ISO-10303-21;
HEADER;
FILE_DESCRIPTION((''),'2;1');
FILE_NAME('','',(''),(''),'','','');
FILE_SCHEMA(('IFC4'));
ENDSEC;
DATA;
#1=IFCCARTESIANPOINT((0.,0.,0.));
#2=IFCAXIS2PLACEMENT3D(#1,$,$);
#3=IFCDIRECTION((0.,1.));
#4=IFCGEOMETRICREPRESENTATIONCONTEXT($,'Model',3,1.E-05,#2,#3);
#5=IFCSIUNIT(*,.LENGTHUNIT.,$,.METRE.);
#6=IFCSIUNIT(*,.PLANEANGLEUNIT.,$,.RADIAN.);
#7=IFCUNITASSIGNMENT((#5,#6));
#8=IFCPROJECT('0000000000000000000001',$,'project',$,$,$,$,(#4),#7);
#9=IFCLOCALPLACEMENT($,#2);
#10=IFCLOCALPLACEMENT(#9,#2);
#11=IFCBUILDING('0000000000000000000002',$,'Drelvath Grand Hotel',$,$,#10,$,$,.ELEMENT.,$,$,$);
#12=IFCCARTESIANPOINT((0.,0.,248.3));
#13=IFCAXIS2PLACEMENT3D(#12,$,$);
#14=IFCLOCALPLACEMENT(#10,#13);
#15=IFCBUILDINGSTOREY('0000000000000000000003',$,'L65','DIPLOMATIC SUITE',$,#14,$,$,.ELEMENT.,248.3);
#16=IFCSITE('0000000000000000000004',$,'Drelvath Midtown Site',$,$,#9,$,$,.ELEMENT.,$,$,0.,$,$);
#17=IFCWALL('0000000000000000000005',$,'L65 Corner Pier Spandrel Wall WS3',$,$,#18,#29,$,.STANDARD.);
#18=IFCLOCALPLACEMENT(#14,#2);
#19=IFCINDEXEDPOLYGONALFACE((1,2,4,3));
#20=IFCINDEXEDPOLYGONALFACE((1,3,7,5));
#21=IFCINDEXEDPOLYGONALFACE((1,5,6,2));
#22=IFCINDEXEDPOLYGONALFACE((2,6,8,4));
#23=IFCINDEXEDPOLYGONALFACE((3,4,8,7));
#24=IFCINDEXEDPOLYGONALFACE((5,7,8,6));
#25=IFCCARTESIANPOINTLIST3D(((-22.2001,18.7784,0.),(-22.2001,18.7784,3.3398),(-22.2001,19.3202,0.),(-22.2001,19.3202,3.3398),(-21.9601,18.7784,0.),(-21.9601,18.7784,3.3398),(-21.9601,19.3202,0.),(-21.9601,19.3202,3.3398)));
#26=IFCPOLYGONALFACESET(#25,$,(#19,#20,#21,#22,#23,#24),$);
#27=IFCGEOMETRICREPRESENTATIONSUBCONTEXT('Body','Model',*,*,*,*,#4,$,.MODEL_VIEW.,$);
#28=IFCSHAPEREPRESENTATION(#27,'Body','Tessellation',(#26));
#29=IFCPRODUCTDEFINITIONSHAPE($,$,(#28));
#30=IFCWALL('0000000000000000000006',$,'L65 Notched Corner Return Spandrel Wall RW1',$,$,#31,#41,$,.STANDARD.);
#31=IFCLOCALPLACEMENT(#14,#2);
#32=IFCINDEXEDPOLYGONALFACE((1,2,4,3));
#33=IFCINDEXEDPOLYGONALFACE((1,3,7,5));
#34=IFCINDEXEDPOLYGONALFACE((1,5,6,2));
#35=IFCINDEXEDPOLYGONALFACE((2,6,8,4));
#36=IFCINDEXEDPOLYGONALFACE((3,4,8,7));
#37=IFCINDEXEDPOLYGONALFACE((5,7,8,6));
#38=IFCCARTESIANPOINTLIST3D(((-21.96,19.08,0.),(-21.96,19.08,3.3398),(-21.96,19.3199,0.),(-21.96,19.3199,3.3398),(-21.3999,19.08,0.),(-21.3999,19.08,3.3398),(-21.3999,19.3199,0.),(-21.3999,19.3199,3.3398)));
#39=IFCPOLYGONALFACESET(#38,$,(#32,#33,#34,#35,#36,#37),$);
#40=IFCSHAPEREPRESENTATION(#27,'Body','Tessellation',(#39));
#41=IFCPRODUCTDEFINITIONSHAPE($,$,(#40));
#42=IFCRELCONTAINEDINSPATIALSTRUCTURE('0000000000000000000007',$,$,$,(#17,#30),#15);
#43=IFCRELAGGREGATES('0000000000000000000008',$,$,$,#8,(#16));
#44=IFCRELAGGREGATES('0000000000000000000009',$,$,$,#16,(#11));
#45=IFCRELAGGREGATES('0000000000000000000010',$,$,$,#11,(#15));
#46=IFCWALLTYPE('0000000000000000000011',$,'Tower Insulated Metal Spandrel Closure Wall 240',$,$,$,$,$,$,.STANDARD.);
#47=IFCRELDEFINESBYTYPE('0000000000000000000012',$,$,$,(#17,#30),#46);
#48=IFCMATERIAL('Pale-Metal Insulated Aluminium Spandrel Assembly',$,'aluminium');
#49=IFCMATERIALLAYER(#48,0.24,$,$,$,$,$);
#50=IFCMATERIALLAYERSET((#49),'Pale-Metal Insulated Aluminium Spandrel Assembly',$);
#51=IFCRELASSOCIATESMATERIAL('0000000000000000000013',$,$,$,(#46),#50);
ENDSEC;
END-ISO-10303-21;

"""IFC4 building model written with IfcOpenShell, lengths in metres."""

from ifc_helpers import new_model, si_unit, direction, frame, frame_2d, origin, place, context, subcontext, project, spatial, rectangle, extrude, material, layer, layer_set, type_object, element, save


model = new_model("IFC4")

# Units and contexts
model_context = context("Model", 3, precision=1e-05, world=origin(), true_north=direction((0.0, 1.0)))
body_context = subcontext(model_context, "Body", "Model", "MODEL_VIEW")
ifc_project = project(units=[si_unit("LENGTHUNIT", "METRE"), si_unit("PLANEANGLEUNIT", "RADIAN")], contexts=[model_context])

# Site, building, storey
site_placement = place(None, origin())
site = spatial("IfcSite", under=ifc_project, at=site_placement, Name="Drelvath Midtown Site", CompositionType="ELEMENT", RefElevation=0.0)
building_placement = place(site_placement, origin())
building = spatial("IfcBuilding", under=site, at=building_placement, Name="Drelvath Grand Hotel", CompositionType="ELEMENT")
storey_placement = place(building_placement, frame((0.0, 0.0, 248.3)))
storey = spatial("IfcBuildingStorey", under=building, at=storey_placement, Name="L65", Description="DIPLOMATIC SUITE", CompositionType="ELEMENT", Elevation=248.3)

# Walls
ifc_material_1 = material(Name="Pale-Metal Insulated Aluminium Spandrel Assembly", Category="aluminium")
ifc_layer_1 = layer(ifc_material_1, 0.24)
ifc_layer_set_1 = layer_set([ifc_layer_1], Name="Pale-Metal Insulated Aluminium Spandrel Assembly")
wall_type_1 = type_object("IfcWallType", Name="Tower Insulated Metal Spandrel Closure Wall 240", PredefinedType="STANDARD", material=ifc_layer_set_1)
wall_1_placement = place(storey_placement, frame((-22.0801, 18.7783, 0.0), z_axis=(0.0, 0.0, 1.0), x_axis=(0.0, 1.0, 0.0)))
element("IfcWall", 1, at=wall_1_placement, inside=storey, type_object=wall_type_1, Name="L65 Corner Pier Spandrel Wall WS3", PredefinedType="STANDARD", context=body_context, shape_type="SweptSolid", body=[
    extrude(rectangle(XDim=0.5417, YDim=0.24, at=frame_2d((0.271, 0.0))), origin(), (0.0, 0.0, 1.0), 3.3398),
])
wall_2_placement = place(storey_placement, frame((-21.96, 19.2, 0.0), z_axis=(0.0, 0.0, 1.0), x_axis=(1.0, 0.0, 0.0)))
element("IfcWall", 2, at=wall_2_placement, inside=storey, type_object=wall_type_1, Name="L65 Notched Corner Return Spandrel Wall RW1", PredefinedType="STANDARD", context=body_context, shape_type="SweptSolid", body=[
    extrude(rectangle(XDim=0.5601, YDim=0.24, at=frame_2d((0.28, 0.0))), origin(), (0.0, 0.0, 1.0), 3.3398),
])

save(model, "model.ifc")
